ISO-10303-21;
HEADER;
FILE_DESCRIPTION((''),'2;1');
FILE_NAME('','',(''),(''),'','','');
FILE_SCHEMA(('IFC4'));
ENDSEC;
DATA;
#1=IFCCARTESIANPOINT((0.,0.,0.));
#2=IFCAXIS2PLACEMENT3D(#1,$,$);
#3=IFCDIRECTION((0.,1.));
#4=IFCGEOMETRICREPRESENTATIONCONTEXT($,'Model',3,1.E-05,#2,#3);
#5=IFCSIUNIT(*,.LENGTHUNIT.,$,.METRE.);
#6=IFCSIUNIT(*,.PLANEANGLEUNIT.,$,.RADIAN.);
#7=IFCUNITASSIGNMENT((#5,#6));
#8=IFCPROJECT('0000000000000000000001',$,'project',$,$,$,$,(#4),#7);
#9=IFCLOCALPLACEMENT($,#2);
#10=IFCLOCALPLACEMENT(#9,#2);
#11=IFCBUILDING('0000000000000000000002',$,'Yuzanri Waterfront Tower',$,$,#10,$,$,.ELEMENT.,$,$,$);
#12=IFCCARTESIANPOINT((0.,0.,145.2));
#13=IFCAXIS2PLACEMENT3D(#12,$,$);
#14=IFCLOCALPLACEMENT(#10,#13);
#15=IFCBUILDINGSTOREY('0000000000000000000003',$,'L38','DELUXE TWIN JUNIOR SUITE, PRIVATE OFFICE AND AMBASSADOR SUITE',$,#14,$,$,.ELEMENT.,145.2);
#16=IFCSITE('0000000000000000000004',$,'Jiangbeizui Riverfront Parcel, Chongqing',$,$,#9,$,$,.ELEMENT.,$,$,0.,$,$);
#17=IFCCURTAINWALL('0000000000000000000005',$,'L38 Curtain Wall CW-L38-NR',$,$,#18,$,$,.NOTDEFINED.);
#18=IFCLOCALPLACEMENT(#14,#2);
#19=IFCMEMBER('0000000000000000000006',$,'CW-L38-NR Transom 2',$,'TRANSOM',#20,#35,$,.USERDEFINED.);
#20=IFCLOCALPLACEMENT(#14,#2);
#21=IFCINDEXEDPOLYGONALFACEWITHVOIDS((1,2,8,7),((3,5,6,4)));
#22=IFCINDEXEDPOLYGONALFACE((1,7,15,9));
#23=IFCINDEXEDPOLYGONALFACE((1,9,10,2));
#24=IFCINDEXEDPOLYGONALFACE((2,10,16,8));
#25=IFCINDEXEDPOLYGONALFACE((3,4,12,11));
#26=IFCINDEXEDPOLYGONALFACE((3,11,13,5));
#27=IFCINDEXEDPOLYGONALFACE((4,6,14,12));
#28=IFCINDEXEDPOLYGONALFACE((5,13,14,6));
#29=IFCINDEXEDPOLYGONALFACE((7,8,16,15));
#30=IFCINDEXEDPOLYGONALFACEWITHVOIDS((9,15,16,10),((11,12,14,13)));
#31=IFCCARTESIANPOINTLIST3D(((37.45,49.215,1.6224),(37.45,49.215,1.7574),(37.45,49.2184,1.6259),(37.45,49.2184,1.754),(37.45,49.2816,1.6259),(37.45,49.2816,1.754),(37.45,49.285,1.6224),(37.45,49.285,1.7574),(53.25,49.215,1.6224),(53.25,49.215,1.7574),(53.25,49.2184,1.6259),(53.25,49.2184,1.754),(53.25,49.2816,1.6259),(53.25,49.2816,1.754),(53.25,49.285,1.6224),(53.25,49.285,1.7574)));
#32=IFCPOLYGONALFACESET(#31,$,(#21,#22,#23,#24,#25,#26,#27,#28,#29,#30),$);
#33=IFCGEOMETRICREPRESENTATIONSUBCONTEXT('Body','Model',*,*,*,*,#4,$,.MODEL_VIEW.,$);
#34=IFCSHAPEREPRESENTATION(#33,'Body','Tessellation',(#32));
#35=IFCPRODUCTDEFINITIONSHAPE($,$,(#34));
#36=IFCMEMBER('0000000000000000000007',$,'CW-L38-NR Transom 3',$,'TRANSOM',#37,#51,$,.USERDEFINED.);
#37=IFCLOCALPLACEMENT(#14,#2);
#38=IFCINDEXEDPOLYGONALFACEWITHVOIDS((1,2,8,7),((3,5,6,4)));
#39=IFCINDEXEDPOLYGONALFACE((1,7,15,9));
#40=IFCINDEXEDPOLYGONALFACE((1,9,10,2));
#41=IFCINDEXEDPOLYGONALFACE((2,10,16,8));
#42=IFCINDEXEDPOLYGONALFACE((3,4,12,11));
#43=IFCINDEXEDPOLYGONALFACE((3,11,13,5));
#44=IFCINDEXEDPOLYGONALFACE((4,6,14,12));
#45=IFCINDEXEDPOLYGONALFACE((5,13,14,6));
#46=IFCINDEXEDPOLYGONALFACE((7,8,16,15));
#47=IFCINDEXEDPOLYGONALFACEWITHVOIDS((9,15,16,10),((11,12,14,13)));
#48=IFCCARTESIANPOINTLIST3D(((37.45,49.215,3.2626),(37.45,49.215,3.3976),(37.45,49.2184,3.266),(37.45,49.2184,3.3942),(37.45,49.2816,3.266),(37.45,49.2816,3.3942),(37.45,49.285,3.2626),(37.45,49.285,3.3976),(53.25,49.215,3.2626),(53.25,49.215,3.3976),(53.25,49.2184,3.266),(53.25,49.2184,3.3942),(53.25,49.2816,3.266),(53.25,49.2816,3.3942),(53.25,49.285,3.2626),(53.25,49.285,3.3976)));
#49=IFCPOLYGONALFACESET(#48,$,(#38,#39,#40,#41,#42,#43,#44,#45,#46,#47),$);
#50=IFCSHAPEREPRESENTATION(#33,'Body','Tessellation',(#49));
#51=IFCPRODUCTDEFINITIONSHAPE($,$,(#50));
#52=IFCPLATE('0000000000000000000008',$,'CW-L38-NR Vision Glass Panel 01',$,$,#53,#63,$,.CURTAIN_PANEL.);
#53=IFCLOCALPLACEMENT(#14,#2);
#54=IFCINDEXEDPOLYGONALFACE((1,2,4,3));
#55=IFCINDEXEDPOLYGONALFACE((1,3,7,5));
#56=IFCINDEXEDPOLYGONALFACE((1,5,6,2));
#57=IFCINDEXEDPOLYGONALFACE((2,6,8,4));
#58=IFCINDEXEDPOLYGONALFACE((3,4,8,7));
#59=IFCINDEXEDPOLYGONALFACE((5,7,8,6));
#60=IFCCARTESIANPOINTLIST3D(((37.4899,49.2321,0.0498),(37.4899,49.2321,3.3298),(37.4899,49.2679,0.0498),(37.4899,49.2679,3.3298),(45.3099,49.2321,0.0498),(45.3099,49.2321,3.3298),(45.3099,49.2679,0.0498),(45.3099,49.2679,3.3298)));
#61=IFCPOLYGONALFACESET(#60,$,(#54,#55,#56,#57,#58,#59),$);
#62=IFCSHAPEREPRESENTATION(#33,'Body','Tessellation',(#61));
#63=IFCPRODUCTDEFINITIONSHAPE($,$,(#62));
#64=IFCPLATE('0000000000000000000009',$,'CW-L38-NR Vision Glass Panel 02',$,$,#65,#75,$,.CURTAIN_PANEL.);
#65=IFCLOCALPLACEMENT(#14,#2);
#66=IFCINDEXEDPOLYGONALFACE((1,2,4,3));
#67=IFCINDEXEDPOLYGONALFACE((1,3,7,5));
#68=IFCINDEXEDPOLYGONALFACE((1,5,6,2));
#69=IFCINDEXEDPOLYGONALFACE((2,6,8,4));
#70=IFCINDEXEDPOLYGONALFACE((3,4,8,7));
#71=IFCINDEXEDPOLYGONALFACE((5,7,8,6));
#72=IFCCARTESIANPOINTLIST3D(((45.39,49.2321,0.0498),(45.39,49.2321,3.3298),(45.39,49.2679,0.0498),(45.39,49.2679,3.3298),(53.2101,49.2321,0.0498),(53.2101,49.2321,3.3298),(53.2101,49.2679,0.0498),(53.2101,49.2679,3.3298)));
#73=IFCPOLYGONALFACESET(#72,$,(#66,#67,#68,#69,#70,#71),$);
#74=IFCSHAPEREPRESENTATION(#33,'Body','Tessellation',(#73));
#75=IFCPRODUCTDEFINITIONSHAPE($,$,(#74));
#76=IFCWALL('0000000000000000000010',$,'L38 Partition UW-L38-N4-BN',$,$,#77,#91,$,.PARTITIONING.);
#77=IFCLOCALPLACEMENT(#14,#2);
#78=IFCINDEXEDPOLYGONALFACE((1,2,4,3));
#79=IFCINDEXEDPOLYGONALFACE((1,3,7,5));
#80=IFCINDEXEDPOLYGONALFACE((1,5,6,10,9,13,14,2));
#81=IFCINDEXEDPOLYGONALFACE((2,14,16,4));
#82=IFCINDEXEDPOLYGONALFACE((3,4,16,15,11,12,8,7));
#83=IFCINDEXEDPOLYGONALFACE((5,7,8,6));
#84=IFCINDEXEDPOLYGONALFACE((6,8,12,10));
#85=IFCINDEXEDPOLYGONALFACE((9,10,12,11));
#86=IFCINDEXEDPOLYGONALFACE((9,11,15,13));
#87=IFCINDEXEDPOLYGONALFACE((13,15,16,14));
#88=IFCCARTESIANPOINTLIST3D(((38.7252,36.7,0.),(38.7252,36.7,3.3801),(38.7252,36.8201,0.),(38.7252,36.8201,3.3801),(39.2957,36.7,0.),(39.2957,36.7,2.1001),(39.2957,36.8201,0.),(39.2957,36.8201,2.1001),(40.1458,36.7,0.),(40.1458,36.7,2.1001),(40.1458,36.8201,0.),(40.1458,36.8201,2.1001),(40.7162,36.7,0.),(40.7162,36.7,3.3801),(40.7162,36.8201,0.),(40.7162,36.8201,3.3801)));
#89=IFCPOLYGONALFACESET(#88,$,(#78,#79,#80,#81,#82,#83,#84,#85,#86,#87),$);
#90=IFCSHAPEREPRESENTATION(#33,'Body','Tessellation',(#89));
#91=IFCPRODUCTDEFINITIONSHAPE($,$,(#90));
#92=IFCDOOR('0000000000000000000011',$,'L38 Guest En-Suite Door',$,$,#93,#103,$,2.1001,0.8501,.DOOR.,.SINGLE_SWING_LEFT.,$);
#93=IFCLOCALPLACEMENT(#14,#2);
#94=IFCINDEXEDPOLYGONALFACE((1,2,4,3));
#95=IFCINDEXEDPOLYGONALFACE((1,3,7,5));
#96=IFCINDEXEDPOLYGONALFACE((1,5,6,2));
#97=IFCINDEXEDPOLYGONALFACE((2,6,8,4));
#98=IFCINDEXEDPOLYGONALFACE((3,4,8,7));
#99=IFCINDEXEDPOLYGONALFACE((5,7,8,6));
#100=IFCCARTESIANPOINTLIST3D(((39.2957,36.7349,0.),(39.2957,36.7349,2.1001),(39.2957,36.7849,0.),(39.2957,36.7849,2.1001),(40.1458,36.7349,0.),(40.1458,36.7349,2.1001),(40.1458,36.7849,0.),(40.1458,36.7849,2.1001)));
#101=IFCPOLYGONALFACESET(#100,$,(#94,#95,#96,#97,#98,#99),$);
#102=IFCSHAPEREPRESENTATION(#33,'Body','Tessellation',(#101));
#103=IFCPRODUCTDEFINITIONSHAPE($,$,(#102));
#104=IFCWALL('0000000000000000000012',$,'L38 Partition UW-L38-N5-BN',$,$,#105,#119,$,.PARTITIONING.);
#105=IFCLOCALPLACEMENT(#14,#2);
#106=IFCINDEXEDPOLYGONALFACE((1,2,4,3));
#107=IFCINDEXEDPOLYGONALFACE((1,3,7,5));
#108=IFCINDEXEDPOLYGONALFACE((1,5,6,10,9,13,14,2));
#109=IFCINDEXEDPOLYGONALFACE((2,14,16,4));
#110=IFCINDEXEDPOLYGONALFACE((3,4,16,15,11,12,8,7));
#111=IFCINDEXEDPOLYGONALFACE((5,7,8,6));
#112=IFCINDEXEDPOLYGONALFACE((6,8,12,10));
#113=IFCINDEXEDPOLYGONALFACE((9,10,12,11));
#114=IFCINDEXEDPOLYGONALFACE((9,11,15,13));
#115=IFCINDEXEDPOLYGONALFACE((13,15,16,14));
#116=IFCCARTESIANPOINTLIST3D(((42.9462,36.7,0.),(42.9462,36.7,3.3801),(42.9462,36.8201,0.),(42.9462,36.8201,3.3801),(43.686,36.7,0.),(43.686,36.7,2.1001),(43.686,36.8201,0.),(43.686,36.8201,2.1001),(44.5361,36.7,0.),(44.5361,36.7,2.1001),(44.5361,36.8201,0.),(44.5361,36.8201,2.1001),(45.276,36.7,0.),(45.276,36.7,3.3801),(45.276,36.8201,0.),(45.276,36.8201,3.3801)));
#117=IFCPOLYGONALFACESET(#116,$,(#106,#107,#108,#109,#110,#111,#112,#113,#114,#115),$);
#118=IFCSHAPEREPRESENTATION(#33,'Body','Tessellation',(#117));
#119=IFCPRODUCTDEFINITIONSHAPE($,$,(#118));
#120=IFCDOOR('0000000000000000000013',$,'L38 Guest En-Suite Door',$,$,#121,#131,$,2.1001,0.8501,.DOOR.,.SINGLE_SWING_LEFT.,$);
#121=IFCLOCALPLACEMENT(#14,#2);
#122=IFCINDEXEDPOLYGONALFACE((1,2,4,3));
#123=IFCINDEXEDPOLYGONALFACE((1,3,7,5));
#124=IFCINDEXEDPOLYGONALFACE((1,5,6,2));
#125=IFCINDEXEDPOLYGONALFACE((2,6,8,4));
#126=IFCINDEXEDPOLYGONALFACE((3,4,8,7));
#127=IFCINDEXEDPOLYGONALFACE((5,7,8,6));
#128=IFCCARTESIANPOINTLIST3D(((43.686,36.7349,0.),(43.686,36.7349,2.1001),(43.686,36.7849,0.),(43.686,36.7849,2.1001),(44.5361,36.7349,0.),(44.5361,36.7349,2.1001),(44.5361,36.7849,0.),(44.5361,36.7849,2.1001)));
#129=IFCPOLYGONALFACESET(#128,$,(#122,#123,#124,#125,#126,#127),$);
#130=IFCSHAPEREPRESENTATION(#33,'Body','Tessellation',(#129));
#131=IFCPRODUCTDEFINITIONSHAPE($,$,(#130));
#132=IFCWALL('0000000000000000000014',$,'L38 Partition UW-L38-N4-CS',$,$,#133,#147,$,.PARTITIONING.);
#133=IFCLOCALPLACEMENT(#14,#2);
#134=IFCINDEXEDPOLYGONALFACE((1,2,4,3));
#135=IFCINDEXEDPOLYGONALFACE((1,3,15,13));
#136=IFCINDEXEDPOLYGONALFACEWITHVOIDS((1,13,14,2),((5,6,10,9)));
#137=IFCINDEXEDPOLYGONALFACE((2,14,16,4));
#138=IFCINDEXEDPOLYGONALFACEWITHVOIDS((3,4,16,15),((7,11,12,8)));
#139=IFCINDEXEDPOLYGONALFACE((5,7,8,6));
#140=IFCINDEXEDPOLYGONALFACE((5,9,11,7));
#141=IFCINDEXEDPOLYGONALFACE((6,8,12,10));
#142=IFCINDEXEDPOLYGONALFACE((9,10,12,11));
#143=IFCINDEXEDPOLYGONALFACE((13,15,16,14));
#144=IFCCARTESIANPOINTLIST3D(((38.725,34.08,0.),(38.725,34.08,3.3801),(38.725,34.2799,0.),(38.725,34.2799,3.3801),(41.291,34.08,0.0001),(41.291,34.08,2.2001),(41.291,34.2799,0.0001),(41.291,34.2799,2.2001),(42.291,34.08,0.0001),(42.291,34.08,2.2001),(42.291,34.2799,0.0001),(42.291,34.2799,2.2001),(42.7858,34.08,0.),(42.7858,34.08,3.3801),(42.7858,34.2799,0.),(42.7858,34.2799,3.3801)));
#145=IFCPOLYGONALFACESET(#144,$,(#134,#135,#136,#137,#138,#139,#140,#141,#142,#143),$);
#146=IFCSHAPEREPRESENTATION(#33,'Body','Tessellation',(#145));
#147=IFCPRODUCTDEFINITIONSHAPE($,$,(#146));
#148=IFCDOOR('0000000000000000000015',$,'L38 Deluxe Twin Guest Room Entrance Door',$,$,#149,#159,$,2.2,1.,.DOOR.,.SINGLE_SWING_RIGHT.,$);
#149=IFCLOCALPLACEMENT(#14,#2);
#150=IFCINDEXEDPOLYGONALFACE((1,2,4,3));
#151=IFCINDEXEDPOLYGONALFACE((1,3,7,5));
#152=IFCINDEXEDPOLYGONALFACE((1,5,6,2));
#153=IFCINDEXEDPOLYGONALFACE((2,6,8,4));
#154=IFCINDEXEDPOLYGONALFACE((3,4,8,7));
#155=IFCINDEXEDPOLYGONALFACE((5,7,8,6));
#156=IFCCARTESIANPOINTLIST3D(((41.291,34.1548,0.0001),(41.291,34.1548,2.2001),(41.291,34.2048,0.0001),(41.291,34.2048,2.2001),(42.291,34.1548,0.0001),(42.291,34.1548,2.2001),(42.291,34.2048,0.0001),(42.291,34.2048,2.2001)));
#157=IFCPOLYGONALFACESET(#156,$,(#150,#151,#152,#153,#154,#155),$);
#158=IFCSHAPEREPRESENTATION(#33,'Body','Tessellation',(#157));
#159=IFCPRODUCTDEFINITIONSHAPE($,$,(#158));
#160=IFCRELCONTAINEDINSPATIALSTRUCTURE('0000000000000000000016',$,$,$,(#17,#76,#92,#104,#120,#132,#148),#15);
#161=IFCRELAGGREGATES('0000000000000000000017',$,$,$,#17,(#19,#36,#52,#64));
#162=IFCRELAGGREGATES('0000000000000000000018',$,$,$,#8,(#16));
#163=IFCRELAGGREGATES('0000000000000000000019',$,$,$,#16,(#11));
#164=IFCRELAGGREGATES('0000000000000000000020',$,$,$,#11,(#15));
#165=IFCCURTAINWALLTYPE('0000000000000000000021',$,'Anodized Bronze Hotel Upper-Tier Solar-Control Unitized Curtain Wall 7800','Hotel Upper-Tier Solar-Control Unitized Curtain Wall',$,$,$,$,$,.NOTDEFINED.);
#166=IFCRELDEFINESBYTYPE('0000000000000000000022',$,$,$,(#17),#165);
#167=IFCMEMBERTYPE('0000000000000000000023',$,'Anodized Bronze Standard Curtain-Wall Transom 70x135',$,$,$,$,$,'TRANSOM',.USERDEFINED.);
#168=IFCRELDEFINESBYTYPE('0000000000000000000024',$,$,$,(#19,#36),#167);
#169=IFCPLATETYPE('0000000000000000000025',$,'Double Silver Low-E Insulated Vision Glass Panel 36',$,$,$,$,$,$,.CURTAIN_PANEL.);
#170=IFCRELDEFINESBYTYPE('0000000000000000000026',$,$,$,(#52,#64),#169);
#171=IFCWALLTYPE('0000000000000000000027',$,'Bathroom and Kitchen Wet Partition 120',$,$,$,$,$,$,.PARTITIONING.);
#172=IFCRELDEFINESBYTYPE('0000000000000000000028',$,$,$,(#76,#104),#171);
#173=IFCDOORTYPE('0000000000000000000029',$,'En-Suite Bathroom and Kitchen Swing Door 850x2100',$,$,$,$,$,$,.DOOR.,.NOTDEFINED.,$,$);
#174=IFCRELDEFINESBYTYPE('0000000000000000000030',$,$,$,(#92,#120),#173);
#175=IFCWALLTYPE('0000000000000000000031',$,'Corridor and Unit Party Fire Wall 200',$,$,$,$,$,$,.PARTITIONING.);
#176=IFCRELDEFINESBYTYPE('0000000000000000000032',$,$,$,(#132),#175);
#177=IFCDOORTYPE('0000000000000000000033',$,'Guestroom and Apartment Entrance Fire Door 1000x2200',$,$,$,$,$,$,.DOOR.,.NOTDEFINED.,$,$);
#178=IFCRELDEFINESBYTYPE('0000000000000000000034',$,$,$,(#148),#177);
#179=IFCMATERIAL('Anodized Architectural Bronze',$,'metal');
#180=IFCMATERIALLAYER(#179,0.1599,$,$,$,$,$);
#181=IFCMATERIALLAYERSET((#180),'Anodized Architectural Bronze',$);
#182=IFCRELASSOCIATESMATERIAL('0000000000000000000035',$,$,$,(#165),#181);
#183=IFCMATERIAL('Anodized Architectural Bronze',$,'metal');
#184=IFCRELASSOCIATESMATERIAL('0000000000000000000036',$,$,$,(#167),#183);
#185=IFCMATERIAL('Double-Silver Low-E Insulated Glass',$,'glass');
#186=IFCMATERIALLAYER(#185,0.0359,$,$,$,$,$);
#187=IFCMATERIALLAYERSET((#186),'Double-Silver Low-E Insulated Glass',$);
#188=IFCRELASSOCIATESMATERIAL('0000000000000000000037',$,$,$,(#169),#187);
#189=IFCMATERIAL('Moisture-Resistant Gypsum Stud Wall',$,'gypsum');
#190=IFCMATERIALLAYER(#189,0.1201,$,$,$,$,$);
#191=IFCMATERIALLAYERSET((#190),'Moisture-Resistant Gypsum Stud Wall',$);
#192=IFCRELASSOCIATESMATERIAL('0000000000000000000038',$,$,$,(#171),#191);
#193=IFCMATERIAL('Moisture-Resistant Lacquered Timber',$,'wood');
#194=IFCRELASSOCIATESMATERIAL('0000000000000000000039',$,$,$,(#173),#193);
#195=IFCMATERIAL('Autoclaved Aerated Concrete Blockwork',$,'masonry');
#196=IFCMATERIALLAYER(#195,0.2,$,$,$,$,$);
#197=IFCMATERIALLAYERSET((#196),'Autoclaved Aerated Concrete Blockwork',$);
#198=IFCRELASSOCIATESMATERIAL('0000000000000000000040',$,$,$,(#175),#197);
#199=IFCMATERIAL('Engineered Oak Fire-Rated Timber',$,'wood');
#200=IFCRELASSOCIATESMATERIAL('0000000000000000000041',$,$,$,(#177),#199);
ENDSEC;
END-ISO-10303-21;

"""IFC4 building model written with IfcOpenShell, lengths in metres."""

from ifc_helpers import new_model, si_unit, direction, frame, frame_2d, origin, origin_2d, place, context, subcontext, project, spatial, rectangle, hollow_rectangle, extrude, source, transform, mapped, material, layer, layer_set, material_profile, profile_set, type_object, element, fill, aggregate, save


model = new_model("IFC4")

# Units and contexts
model_context = context("Model", 3, precision=1e-05, world=origin(), true_north=direction((0.0, 1.0)))
body_context = subcontext(model_context, "Body", "Model", "MODEL_VIEW")
ifc_project = project(units=[si_unit("LENGTHUNIT", "METRE"), si_unit("PLANEANGLEUNIT", "RADIAN")], contexts=[model_context])

# Site, building, storey
site_placement = place(None, origin())
site = spatial("IfcSite", under=ifc_project, at=site_placement, Name="Jiangbeizui Riverfront Parcel, Chongqing", CompositionType="ELEMENT", RefElevation=0.0)
building_placement = place(site_placement, origin())
building = spatial("IfcBuilding", under=site, at=building_placement, Name="Yuzanri Waterfront Tower", CompositionType="ELEMENT")
storey_placement = place(building_placement, frame((0.0, 0.0, 145.2)))
storey = spatial("IfcBuildingStorey", under=building, at=storey_placement, Name="L38", Description="DELUXE TWIN JUNIOR SUITE, PRIVATE OFFICE AND AMBASSADOR SUITE", CompositionType="ELEMENT", Elevation=145.2)

# Shared definitions
ifc_material_1 = material(Name="Anodized Architectural Bronze", Category="metal")
ifc_layer_1 = layer(ifc_material_1, 0.1599)
ifc_layer_set_1 = layer_set([ifc_layer_1], Name="Anodized Architectural Bronze")
curtain_wall_type = type_object("IfcCurtainWallType", Name="Anodized Bronze Hotel Upper-Tier Solar-Control Unitized Curtain Wall 7800", Description="Hotel Upper-Tier Solar-Control Unitized Curtain Wall", PredefinedType="NOTDEFINED", material=ifc_layer_set_1)

# Curtain wall, members, plates
curtain_wall_1_placement = place(storey_placement, origin())
curtain_wall_1 = element("IfcCurtainWall", 1, at=curtain_wall_1_placement, inside=storey, type_object=curtain_wall_type, Name="L38 Curtain Wall CW-L38-NR", PredefinedType="NOTDEFINED")
ifc_material_2 = material(Name="Anodized Architectural Bronze", Category="metal")
ifc_material_profile_1 = material_profile(ifc_material_2, hollow_rectangle(XDim=0.0701, YDim=0.135, WallThickness=0.0034, at=origin_2d()), Name="CWT 70x135")
ifc_profile_set_1 = profile_set([ifc_material_profile_1], Name="Anodized Architectural Bronze")
member_type_1 = type_object("IfcMemberType", Name="Anodized Bronze Standard Curtain-Wall Transom 70x135", ElementType="TRANSOM", PredefinedType="USERDEFINED", material=ifc_profile_set_1)
shared_shape_1 = source(origin(), body_context, "Body", "SweptSolid", [
    extrude(hollow_rectangle(XDim=0.0701, YDim=0.135, WallThickness=0.0034, at=origin_2d()), origin(), (0.0, 0.0, 1.0), 15.8),
])
member_1_placement = place(storey_placement, frame((37.45, 49.25, 1.6899), z_axis=(1.0, 0.0, 0.0), x_axis=(0.0, 1.0, 0.0)))
member_1 = element("IfcMember", 2, at=member_1_placement, type_object=member_type_1, Name="CW-L38-NR Transom 2", ObjectType="TRANSOM", PredefinedType="USERDEFINED", context=body_context, shape_type="MappedRepresentation", body=[
    mapped(shared_shape_1, transform((0.0, 0.0, 0.0), scale=1.0)),
])
member_2_placement = place(storey_placement, frame((37.45, 49.25, 3.3301), z_axis=(1.0, 0.0, 0.0), x_axis=(0.0, 1.0, 0.0)))
member_2 = element("IfcMember", 3, at=member_2_placement, type_object=member_type_1, Name="CW-L38-NR Transom 3", ObjectType="TRANSOM", PredefinedType="USERDEFINED", context=body_context, shape_type="MappedRepresentation", body=[
    mapped(shared_shape_1, transform((0.0, 0.0, 0.0), scale=1.0)),
])
ifc_material_3 = material(Name="Double-Silver Low-E Insulated Glass", Category="glass")
ifc_layer_2 = layer(ifc_material_3, 0.0359)
ifc_layer_set_2 = layer_set([ifc_layer_2], Name="Double-Silver Low-E Insulated Glass")
plate_type = type_object("IfcPlateType", Name="Double Silver Low-E Insulated Vision Glass Panel 36", PredefinedType="CURTAIN_PANEL", material=ifc_layer_set_2)
shared_shape_2 = source(origin(), body_context, "Body", "SweptSolid", [
    extrude(rectangle(XDim=7.8201, YDim=0.0359, at=origin_2d()), origin(), (0.0, 0.0, 1.0), 3.28),
])
plate_1_placement = place(storey_placement, frame((41.3999, 49.25, 0.0498), z_axis=(0.0, 0.0, 1.0), x_axis=(1.0, 0.0, 0.0)))
plate_1 = element("IfcPlate", 4, at=plate_1_placement, type_object=plate_type, Name="CW-L38-NR Vision Glass Panel 01", PredefinedType="CURTAIN_PANEL", context=body_context, shape_type="MappedRepresentation", body=[
    mapped(shared_shape_2, transform((0.0, 0.0, 0.0), scale=1.0)),
])
plate_2_placement = place(storey_placement, frame((49.3, 49.25, 0.0498), z_axis=(0.0, 0.0, 1.0), x_axis=(1.0, 0.0, 0.0)))
plate_2 = element("IfcPlate", 5, at=plate_2_placement, type_object=plate_type, Name="CW-L38-NR Vision Glass Panel 02", PredefinedType="CURTAIN_PANEL", context=body_context, shape_type="MappedRepresentation", body=[
    mapped(shared_shape_2, transform((0.0, 0.0, 0.0), scale=1.0)),
])
aggregate(curtain_wall_1, [member_1, member_2, plate_1, plate_2])

# Walls, openings, doors
ifc_material_4 = material(Name="Moisture-Resistant Gypsum Stud Wall", Category="gypsum")
ifc_layer_3 = layer(ifc_material_4, 0.1201)
ifc_layer_set_3 = layer_set([ifc_layer_3], Name="Moisture-Resistant Gypsum Stud Wall")
wall_type_1 = type_object("IfcWallType", Name="Bathroom and Kitchen Wet Partition 120", PredefinedType="PARTITIONING", material=ifc_layer_set_3)
wall_1_placement = place(storey_placement, frame((38.7251, 36.76, 0.0), z_axis=(0.0, 0.0, 1.0), x_axis=(1.0, 0.0, 0.0)))
wall_1 = element("IfcWall", 6, at=wall_1_placement, inside=storey, type_object=wall_type_1, Name="L38 Partition UW-L38-N4-BN", PredefinedType="PARTITIONING", context=body_context, shape_type="SweptSolid", body=[
    extrude(rectangle(XDim=1.991, YDim=0.1201, at=frame_2d((0.9956, 0.0))), origin(), (0.0, 0.0, 1.0), 3.3801),
])
opening_1_placement = place(wall_1_placement, frame((0.5706, 0.0, 0.0)))
opening_1 = element("IfcOpeningElement", 7, at=opening_1_placement, cuts=wall_1, PredefinedType="OPENING", context=body_context, shape_type="SweptSolid", body=[
    extrude(rectangle(XDim=0.8501, YDim=2.1001, at=frame_2d((0.425, 1.05))), frame((0.0, 0.075, 0.0), z_axis=(0.0, -1.0, 0.0), x_axis=(1.0, 0.0, 0.0)), (0.0, 0.0, 1.0), 0.1499),
])
ifc_material_5 = material(Name="Moisture-Resistant Lacquered Timber", Category="wood")
door_type_1 = type_object("IfcDoorType", Name="En-Suite Bathroom and Kitchen Swing Door 850x2100", OperationType="NOTDEFINED", PredefinedType="DOOR", material=ifc_material_5)
shared_shape_3 = source(origin(), body_context, "Body", "SweptSolid", [
    extrude(rectangle(XDim=0.8501, YDim=2.1001, at=frame_2d((0.425, 1.05))), frame((0.0, 0.0249, 0.0), z_axis=(0.0, -1.0, 0.0), x_axis=(1.0, 0.0, 0.0)), (0.0, 0.0, 1.0), 0.05),
])
door_1_placement = place(opening_1_placement, origin())
door_1 = element("IfcDoor", 8, at=door_1_placement, inside=storey, type_object=door_type_1, Name="L38 Guest En-Suite Door", OperationType="SINGLE_SWING_LEFT", OverallHeight=2.1001, OverallWidth=0.8501, PredefinedType="DOOR", context=body_context, shape_type="MappedRepresentation", body=[
    mapped(shared_shape_3, transform((0.0, 0.0, 0.0), scale=1.0)),
])
fill(opening_1, door_1)
wall_2_placement = place(storey_placement, frame((42.946, 36.76, 0.0), z_axis=(0.0, 0.0, 1.0), x_axis=(1.0, 0.0, 0.0)))
wall_2 = element("IfcWall", 9, at=wall_2_placement, inside=storey, type_object=wall_type_1, Name="L38 Partition UW-L38-N5-BN", PredefinedType="PARTITIONING", context=body_context, shape_type="SweptSolid", body=[
    extrude(rectangle(XDim=2.3298, YDim=0.1201, at=frame_2d((1.165, 0.0))), origin(), (0.0, 0.0, 1.0), 3.3801),
])
opening_2_placement = place(wall_2_placement, frame((0.74, 0.0, 0.0)))
opening_2 = element("IfcOpeningElement", 10, at=opening_2_placement, cuts=wall_2, PredefinedType="OPENING", context=body_context, shape_type="SweptSolid", body=[
    extrude(rectangle(XDim=0.8501, YDim=2.1001, at=frame_2d((0.425, 1.05))), frame((0.0, 0.075, 0.0), z_axis=(0.0, -1.0, 0.0), x_axis=(1.0, 0.0, 0.0)), (0.0, 0.0, 1.0), 0.1499),
])
door_2_placement = place(opening_2_placement, origin())
door_2 = element("IfcDoor", 11, at=door_2_placement, inside=storey, type_object=door_type_1, Name="L38 Guest En-Suite Door", OperationType="SINGLE_SWING_LEFT", OverallHeight=2.1001, OverallWidth=0.8501, PredefinedType="DOOR", context=body_context, shape_type="MappedRepresentation", body=[
    mapped(shared_shape_3, transform((0.0, 0.0, 0.0), scale=1.0)),
])
fill(opening_2, door_2)
ifc_material_6 = material(Name="Autoclaved Aerated Concrete Blockwork", Category="masonry")
ifc_layer_4 = layer(ifc_material_6, 0.2)
ifc_layer_set_4 = layer_set([ifc_layer_4], Name="Autoclaved Aerated Concrete Blockwork")
wall_type_2 = type_object("IfcWallType", Name="Corridor and Unit Party Fire Wall 200", PredefinedType="PARTITIONING", material=ifc_layer_set_4)
wall_3_placement = place(storey_placement, frame((38.7251, 34.1799, 0.0), z_axis=(0.0, 0.0, 1.0), x_axis=(1.0, 0.0, 0.0)))
wall_3 = element("IfcWall", 12, at=wall_3_placement, inside=storey, type_object=wall_type_2, Name="L38 Partition UW-L38-N4-CS", PredefinedType="PARTITIONING", context=body_context, shape_type="SweptSolid", body=[
    extrude(rectangle(XDim=4.0608, YDim=0.2, at=frame_2d((2.0303, 0.0))), origin(), (0.0, 0.0, 1.0), 3.3801),
])
opening_3_placement = place(wall_3_placement, frame((2.5659, 0.0, 0.0)))
opening_3 = element("IfcOpeningElement", 13, at=opening_3_placement, cuts=wall_3, PredefinedType="OPENING", context=body_context, shape_type="SweptSolid", body=[
    extrude(rectangle(XDim=1.0, YDim=2.2, at=frame_2d((0.5, 1.1001))), frame((0.0, 0.1147, 0.0), z_axis=(0.0, -1.0, 0.0), x_axis=(1.0, 0.0, 0.0)), (0.0, 0.0, 1.0), 0.2297),
])
ifc_material_7 = material(Name="Engineered Oak Fire-Rated Timber", Category="wood")
door_type_2 = type_object("IfcDoorType", Name="Guestroom and Apartment Entrance Fire Door 1000x2200", OperationType="NOTDEFINED", PredefinedType="DOOR", material=ifc_material_7)
shared_shape_4 = source(origin(), body_context, "Body", "SweptSolid", [
    extrude(rectangle(XDim=1.0, YDim=2.2, at=frame_2d((0.5, 1.1001))), frame((0.0, 0.0249, 0.0), z_axis=(0.0, -1.0, 0.0), x_axis=(1.0, 0.0, 0.0)), (0.0, 0.0, 1.0), 0.05),
])
door_3_placement = place(opening_3_placement, origin())
door_3 = element("IfcDoor", 14, at=door_3_placement, inside=storey, type_object=door_type_2, Name="L38 Deluxe Twin Guest Room Entrance Door", OperationType="SINGLE_SWING_RIGHT", OverallHeight=2.2, OverallWidth=1.0, PredefinedType="DOOR", context=body_context, shape_type="MappedRepresentation", body=[
    mapped(shared_shape_4, transform((0.0, 0.0, 0.0), scale=1.0)),
])
fill(opening_3, door_3)

save(model, "model.ifc")
